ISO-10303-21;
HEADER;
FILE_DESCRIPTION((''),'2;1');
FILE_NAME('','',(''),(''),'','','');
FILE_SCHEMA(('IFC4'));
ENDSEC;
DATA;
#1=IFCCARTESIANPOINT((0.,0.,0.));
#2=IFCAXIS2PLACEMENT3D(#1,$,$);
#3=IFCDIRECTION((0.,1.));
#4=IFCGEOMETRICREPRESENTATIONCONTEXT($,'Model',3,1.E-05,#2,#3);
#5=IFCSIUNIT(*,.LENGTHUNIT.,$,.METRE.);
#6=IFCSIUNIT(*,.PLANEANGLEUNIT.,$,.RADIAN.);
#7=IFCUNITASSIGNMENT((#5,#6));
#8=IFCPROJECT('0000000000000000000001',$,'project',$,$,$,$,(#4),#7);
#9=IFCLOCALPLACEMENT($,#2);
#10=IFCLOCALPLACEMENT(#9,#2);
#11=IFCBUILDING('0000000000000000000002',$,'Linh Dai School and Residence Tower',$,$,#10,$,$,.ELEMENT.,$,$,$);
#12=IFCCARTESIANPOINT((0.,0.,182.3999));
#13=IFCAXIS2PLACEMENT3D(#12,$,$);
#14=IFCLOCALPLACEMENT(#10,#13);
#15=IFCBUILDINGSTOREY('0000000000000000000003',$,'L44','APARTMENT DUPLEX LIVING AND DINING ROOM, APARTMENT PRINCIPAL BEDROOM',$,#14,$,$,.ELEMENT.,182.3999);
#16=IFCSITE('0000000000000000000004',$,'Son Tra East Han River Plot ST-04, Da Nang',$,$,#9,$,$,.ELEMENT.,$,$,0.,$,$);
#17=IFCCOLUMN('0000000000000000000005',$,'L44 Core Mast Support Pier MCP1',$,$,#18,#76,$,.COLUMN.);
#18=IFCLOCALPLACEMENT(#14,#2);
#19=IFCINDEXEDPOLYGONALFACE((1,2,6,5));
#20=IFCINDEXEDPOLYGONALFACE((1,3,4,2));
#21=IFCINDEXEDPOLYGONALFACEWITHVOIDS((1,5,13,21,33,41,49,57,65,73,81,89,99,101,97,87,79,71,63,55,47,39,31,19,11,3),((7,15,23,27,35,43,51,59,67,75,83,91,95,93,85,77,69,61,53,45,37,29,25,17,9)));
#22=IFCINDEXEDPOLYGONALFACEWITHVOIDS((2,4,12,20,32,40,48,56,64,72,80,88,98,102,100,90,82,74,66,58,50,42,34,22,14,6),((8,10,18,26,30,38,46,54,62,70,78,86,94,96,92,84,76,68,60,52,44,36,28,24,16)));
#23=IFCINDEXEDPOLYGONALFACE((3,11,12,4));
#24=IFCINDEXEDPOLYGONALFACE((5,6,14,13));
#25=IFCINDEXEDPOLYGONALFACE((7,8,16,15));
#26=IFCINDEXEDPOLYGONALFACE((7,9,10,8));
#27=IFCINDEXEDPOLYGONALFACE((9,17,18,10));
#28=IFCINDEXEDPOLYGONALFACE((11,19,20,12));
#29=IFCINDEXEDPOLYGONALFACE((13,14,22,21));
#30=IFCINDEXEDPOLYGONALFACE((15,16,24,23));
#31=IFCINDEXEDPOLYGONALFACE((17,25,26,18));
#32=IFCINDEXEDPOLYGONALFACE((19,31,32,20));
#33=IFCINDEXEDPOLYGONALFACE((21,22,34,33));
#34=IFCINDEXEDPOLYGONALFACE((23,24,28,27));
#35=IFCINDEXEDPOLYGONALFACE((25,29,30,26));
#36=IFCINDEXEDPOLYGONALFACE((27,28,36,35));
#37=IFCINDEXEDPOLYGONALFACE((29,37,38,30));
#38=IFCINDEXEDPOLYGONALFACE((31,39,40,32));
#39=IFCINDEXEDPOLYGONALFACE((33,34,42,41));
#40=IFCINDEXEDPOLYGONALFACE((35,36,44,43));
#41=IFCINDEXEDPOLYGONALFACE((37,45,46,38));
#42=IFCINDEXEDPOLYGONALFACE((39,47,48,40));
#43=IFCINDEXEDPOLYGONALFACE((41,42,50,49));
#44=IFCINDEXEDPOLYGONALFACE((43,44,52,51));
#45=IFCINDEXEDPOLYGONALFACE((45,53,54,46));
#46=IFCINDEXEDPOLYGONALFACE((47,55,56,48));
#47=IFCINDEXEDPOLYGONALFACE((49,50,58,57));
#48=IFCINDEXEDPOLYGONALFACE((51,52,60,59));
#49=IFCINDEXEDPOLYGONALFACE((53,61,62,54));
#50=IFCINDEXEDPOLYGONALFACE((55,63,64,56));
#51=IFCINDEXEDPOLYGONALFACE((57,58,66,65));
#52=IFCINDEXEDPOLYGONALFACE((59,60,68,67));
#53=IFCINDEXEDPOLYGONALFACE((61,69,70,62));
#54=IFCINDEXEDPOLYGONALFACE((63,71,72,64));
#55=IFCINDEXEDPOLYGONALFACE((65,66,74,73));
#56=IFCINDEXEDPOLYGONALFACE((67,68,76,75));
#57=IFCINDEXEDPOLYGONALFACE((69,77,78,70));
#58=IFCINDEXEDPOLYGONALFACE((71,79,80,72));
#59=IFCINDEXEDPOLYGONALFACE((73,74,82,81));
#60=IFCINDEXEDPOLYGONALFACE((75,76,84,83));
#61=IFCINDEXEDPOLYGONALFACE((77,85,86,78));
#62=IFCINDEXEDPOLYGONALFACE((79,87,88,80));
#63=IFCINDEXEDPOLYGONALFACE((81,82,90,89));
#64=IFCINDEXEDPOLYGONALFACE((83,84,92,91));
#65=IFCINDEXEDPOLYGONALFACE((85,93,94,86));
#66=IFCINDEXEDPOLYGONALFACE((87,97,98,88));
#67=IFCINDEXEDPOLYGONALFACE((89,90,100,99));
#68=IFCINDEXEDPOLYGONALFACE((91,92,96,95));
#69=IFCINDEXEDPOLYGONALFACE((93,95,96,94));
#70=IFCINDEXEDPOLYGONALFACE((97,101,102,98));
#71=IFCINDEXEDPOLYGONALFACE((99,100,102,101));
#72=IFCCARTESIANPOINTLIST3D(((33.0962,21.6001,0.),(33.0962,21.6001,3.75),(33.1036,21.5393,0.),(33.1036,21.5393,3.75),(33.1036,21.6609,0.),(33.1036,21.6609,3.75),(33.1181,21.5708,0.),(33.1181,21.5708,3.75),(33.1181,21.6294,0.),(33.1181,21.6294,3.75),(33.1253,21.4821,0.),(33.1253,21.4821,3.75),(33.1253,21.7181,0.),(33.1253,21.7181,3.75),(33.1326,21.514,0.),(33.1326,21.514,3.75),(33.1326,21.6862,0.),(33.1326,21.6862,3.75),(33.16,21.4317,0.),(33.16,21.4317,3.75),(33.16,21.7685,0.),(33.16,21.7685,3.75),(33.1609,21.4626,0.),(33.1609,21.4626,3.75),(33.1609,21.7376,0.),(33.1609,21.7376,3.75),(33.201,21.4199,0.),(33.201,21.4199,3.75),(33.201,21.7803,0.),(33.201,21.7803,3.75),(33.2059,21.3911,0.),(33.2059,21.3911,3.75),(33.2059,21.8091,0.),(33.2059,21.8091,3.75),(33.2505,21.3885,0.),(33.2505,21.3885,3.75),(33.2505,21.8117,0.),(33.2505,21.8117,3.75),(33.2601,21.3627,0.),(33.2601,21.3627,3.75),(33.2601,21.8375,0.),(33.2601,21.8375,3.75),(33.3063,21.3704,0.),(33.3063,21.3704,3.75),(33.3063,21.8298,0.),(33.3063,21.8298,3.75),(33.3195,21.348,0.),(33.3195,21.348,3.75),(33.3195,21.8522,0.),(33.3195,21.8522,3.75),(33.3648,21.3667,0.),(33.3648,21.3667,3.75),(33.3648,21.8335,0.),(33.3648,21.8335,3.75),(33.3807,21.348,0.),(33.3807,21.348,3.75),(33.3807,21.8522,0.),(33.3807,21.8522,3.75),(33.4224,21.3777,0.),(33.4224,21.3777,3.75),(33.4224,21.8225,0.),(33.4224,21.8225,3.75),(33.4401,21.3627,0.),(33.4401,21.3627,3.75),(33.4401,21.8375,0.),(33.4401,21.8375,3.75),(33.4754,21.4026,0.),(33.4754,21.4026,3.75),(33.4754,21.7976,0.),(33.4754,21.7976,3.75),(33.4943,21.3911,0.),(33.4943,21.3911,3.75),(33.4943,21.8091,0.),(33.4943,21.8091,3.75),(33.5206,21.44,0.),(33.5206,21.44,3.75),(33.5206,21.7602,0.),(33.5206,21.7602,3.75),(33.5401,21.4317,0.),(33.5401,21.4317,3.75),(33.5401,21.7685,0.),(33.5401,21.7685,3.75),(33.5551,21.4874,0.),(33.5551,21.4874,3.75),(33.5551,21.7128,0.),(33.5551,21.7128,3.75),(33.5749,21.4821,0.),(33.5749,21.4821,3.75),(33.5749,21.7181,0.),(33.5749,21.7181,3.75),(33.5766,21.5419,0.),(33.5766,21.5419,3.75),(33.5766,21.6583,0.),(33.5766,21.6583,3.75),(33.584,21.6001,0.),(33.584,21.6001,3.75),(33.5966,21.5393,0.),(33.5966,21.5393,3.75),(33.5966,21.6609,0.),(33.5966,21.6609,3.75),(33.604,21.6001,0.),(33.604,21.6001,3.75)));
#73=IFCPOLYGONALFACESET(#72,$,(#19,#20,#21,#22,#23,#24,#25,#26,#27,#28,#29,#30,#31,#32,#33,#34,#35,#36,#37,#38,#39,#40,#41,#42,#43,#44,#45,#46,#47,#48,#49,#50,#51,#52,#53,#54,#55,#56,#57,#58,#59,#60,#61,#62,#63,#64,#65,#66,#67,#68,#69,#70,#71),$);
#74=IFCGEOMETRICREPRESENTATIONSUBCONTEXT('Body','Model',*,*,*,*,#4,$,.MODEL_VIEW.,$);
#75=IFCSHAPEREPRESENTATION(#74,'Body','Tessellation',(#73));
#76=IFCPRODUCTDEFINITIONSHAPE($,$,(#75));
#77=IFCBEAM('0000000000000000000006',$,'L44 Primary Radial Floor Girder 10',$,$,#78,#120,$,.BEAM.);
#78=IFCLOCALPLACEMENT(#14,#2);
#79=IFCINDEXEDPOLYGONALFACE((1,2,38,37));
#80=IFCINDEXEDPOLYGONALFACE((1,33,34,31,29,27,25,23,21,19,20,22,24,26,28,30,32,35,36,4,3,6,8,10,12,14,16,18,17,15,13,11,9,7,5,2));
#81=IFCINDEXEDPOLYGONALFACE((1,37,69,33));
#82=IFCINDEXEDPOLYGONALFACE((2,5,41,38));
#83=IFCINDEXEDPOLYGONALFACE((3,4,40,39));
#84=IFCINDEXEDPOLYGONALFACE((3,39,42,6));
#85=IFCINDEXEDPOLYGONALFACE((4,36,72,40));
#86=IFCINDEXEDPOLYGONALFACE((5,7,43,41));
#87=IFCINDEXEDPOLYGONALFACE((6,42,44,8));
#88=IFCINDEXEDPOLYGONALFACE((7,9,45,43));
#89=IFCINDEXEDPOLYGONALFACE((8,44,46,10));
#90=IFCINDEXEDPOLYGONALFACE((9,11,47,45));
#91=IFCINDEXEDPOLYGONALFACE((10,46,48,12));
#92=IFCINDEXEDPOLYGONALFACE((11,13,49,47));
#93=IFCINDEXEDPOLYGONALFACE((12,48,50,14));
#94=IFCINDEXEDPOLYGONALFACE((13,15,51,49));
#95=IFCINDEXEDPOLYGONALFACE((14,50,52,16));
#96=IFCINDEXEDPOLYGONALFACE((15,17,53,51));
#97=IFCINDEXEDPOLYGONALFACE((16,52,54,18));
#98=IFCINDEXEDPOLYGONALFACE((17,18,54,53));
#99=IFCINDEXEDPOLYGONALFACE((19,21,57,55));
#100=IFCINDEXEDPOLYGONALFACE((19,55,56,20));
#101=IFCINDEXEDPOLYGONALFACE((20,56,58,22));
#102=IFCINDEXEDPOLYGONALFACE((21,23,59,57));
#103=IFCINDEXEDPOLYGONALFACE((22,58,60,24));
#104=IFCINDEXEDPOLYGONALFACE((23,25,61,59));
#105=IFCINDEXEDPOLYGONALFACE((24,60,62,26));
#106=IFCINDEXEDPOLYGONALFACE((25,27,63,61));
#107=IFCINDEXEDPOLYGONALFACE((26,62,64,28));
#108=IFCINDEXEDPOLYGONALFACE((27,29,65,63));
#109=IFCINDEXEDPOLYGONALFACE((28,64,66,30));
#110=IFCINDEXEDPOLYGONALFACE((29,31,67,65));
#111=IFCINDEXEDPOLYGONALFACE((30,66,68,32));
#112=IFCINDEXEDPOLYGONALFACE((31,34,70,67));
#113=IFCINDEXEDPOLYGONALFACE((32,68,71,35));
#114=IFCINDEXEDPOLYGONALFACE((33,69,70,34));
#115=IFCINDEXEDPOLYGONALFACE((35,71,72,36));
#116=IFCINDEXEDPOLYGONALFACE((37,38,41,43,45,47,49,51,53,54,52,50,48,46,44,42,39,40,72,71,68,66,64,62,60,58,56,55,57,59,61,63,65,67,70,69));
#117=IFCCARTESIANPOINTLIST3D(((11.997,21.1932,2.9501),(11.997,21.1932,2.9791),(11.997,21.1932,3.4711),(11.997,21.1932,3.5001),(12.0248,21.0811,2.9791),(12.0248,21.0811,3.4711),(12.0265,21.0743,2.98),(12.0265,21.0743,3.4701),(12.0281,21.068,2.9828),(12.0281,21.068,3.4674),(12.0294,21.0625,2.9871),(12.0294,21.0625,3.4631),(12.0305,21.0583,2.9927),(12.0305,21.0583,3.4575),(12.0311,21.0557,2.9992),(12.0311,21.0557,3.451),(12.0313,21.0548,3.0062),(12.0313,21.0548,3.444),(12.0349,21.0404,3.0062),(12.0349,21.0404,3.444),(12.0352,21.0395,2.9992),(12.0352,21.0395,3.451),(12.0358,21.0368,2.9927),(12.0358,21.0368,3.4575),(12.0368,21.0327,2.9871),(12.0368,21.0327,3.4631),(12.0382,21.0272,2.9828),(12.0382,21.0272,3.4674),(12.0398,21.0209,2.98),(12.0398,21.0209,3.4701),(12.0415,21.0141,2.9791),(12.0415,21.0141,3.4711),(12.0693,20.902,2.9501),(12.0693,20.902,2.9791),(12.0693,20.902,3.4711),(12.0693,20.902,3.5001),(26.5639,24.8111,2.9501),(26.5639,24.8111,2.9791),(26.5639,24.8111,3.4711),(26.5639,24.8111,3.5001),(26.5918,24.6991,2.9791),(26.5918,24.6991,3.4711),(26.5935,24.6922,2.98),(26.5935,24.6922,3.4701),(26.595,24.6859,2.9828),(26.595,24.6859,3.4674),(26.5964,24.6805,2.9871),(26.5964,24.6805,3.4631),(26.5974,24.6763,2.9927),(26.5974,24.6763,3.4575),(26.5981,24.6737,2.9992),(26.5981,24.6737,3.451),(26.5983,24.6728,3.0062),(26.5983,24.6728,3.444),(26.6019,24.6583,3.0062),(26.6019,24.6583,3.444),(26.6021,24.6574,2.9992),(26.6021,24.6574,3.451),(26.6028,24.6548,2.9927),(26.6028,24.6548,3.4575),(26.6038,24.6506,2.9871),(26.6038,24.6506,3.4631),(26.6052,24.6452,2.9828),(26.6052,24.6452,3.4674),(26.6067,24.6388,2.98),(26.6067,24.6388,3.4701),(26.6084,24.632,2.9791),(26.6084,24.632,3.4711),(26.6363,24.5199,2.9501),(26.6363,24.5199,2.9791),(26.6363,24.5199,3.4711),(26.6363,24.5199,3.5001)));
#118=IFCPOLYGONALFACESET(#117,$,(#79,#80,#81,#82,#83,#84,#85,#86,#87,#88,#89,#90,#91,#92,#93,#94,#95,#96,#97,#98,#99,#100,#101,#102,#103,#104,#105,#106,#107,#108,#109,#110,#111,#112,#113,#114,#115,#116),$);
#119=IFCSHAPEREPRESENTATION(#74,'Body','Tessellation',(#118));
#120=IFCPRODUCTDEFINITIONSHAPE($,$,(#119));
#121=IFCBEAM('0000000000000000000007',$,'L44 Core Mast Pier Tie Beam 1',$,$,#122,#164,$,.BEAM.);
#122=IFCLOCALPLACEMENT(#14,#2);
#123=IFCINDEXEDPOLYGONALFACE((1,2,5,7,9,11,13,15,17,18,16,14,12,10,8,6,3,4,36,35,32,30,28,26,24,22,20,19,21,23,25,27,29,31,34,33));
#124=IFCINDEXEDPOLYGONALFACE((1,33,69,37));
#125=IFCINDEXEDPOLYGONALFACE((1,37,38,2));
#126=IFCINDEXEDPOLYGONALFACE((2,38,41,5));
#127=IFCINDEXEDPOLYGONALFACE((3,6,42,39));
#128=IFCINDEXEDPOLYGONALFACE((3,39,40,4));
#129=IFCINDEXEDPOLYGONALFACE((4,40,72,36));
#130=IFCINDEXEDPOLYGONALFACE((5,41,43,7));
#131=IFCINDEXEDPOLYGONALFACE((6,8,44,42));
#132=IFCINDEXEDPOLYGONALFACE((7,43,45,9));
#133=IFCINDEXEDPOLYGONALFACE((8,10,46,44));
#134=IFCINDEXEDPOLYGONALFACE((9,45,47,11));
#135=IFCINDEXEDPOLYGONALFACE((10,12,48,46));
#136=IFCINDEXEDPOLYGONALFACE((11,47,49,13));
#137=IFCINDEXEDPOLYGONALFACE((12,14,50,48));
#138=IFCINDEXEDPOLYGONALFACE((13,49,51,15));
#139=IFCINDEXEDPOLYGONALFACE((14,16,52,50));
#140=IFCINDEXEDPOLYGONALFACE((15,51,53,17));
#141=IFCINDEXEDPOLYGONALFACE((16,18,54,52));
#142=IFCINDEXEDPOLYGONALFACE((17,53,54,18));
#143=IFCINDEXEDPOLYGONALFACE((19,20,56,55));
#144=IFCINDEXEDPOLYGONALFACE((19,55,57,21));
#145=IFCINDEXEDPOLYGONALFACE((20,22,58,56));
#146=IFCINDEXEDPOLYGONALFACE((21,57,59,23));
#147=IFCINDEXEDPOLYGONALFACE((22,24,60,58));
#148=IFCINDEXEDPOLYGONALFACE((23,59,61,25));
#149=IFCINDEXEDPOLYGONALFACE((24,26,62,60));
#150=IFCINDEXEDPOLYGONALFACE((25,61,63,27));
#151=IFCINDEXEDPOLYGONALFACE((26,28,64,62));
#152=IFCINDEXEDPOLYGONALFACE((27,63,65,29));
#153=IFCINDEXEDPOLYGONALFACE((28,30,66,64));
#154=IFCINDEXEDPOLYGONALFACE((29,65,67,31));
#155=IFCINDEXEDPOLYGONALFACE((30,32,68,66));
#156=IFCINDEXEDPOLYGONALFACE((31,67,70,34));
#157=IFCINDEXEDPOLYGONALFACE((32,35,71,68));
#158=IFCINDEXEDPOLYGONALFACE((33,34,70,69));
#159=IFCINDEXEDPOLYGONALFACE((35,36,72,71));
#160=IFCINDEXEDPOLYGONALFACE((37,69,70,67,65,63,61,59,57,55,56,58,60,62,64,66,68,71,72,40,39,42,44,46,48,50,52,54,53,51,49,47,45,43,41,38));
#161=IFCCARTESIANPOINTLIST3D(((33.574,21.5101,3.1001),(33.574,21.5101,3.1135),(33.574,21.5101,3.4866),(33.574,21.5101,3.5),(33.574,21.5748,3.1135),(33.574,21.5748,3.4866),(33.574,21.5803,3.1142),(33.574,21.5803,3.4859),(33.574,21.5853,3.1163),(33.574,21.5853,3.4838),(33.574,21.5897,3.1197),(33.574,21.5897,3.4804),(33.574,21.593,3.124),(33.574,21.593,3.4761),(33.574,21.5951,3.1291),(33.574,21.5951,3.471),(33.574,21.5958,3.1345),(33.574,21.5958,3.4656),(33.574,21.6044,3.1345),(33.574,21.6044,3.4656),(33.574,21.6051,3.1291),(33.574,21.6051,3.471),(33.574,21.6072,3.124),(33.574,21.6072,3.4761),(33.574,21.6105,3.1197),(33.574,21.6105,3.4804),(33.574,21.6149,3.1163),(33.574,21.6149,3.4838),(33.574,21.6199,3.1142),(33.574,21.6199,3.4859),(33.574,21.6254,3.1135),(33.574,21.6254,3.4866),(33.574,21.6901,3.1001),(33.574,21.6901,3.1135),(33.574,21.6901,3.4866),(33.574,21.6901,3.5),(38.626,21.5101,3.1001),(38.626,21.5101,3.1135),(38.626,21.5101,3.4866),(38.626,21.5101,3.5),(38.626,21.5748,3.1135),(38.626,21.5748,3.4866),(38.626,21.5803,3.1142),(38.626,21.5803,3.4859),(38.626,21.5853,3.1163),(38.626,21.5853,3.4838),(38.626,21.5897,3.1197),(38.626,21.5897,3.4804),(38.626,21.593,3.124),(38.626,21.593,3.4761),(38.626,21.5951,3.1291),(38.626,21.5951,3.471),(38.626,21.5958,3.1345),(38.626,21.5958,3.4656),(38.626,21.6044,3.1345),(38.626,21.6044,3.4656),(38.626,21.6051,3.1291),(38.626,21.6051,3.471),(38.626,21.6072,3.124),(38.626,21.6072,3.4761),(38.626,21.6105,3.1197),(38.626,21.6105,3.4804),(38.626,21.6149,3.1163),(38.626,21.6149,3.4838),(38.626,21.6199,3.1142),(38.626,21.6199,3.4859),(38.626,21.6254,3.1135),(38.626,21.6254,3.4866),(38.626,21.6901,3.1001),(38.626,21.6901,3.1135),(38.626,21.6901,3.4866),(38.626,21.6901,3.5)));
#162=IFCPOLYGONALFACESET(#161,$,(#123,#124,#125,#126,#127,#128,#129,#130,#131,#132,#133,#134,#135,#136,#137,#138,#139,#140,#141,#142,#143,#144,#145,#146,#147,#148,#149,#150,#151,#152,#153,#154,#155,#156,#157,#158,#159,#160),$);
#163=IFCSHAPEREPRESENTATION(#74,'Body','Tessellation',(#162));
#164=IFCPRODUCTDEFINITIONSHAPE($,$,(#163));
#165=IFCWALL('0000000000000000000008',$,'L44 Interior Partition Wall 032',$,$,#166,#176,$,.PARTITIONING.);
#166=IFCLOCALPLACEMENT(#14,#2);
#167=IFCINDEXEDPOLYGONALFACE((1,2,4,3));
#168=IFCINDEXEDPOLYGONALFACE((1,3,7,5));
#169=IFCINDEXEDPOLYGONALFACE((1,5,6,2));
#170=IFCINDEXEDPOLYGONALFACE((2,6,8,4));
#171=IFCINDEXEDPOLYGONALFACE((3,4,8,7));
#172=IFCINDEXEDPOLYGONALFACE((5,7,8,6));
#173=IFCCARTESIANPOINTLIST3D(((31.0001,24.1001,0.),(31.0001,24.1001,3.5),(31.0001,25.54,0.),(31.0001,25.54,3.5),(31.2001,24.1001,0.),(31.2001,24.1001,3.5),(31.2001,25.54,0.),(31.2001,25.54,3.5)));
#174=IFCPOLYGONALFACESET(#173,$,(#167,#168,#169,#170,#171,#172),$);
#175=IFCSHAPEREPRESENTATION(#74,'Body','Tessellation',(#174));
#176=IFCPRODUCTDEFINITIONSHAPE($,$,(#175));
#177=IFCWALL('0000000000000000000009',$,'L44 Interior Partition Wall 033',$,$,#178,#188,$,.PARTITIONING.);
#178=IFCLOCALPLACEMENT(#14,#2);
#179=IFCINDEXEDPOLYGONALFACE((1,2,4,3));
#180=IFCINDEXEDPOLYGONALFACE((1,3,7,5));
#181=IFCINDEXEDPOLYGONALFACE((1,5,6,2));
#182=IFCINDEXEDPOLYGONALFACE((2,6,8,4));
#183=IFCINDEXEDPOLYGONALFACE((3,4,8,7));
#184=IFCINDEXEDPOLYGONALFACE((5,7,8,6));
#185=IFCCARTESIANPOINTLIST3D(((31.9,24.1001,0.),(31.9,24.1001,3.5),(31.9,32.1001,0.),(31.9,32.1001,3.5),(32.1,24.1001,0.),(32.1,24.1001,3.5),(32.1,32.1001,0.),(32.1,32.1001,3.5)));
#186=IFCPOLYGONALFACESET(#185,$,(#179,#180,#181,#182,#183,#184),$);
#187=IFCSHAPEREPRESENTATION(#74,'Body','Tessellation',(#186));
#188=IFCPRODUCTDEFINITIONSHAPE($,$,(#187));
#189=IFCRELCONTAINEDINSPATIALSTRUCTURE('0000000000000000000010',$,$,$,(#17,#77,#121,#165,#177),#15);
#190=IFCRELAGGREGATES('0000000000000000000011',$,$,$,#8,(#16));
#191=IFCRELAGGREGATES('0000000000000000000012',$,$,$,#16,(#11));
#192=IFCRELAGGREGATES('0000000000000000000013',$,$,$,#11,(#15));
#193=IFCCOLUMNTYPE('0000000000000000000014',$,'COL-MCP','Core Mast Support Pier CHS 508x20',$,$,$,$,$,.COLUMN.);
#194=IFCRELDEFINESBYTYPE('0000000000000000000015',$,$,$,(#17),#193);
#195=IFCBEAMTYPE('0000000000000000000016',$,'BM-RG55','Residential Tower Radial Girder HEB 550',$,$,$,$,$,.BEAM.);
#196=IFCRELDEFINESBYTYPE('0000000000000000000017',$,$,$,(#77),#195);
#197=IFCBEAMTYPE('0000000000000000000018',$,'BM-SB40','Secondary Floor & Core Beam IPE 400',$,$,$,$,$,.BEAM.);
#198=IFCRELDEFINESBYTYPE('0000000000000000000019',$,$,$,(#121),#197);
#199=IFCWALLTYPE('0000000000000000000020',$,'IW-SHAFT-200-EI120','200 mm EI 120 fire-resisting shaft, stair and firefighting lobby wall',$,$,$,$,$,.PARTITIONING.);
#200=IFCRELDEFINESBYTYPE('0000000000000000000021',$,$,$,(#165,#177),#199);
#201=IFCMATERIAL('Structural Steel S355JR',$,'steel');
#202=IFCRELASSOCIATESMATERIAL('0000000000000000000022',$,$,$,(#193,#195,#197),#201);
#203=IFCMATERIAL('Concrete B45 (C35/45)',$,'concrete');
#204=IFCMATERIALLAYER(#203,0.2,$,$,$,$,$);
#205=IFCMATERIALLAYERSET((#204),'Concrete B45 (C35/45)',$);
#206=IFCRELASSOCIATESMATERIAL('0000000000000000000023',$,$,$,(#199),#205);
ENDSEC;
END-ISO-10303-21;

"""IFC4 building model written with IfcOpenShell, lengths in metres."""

from ifc_helpers import new_model, si_unit, direction, frame, frame_2d, origin, origin_2d, place, context, subcontext, project, spatial, rectangle, hollow_circle, i_section, extrude, material, layer, layer_set, material_profile, profile_set, type_object, element, save


model = new_model("IFC4")

# Units and contexts
model_context = context("Model", 3, precision=1e-05, world=origin(), true_north=direction((0.0, 1.0)))
body_context = subcontext(model_context, "Body", "Model", "MODEL_VIEW")
ifc_project = project(units=[si_unit("LENGTHUNIT", "METRE"), si_unit("PLANEANGLEUNIT", "RADIAN")], contexts=[model_context])

# Site, building, storey
site_placement = place(None, origin())
site = spatial("IfcSite", under=ifc_project, at=site_placement, Name="Son Tra East Han River Plot ST-04, Da Nang", CompositionType="ELEMENT", RefElevation=0.0)
building_placement = place(site_placement, origin())
building = spatial("IfcBuilding", under=site, at=building_placement, Name="Linh Dai School and Residence Tower", CompositionType="ELEMENT")
storey_placement = place(building_placement, frame((0.0, 0.0, 182.3999)))
storey = spatial("IfcBuildingStorey", under=building, at=storey_placement, Name="L44", Description="APARTMENT DUPLEX LIVING AND DINING ROOM, APARTMENT PRINCIPAL BEDROOM", CompositionType="ELEMENT", Elevation=182.3999)

# Column
ifc_material_1 = material(Name="Structural Steel S355JR", Category="steel")
ifc_material_profile_1 = material_profile(ifc_material_1, hollow_circle(Radius=0.2539, WallThickness=0.02, at=origin_2d()), Name="CHS 508x20")
ifc_profile_set_1 = profile_set([ifc_material_profile_1], Name="Structural Steel S355JR")
column_type_1 = type_object("IfcColumnType", Name="COL-MCP", Description="Core Mast Support Pier CHS 508x20", PredefinedType="COLUMN", material=ifc_profile_set_1)
column_placement = place(storey_placement, frame((33.3501, 21.6001, 0.0), z_axis=(0.0, 0.0, 1.0), x_axis=(1.0, 0.0, 0.0)))
element("IfcColumn", 1, at=column_placement, inside=storey, type_object=column_type_1, Name="L44 Core Mast Support Pier MCP1", PredefinedType="COLUMN", context=body_context, shape_type="SweptSolid", body=[
    extrude(hollow_circle(Radius=0.2539, WallThickness=0.02, at=origin_2d()), origin(), (0.0, 0.0, 1.0), 3.75),
])

# Beams
ifc_material_profile_2 = material_profile(ifc_material_1, i_section(OverallWidth=0.3, OverallDepth=0.55, WebThickness=0.0149, FlangeThickness=0.0291, FilletRadius=0.0271, at=origin_2d()), Name="HEB 550")
ifc_profile_set_2 = profile_set([ifc_material_profile_2], Name="Structural Steel S355JR")
beam_type_1 = type_object("IfcBeamType", Name="BM-RG55", Description="Residential Tower Radial Girder HEB 550", PredefinedType="BEAM", material=ifc_profile_set_2)
beam_1_placement = place(storey_placement, frame((26.6001, 24.6655, 3.2251), z_axis=(-0.970515, -0.241043, 0.0), x_axis=(0.241043, -0.970515, 0.0)))
element("IfcBeam", 2, at=beam_1_placement, inside=storey, type_object=beam_type_1, Name="L44 Primary Radial Floor Girder 10", PredefinedType="BEAM", context=body_context, shape_type="SweptSolid", body=[
    extrude(i_section(OverallWidth=0.3, OverallDepth=0.55, WebThickness=0.0149, FlangeThickness=0.0291, FilletRadius=0.0271, at=origin_2d()), origin(), (0.0, 0.0, 1.0), 15.0095),
])
ifc_material_profile_3 = material_profile(ifc_material_1, i_section(OverallWidth=0.1799, OverallDepth=0.3999, WebThickness=0.0085, FlangeThickness=0.0134, FilletRadius=0.021, at=origin_2d()), Name="IPE 400")
ifc_profile_set_3 = profile_set([ifc_material_profile_3], Name="Structural Steel S355JR")
beam_type_2 = type_object("IfcBeamType", Name="BM-SB40", Description="Secondary Floor & Core Beam IPE 400", PredefinedType="BEAM", material=ifc_profile_set_3)
beam_2_placement = place(storey_placement, frame((33.574, 21.6001, 3.3), z_axis=(1.0, 0.0, 0.0), x_axis=(0.0, 1.0, 0.0)))
element("IfcBeam", 3, at=beam_2_placement, inside=storey, type_object=beam_type_2, Name="L44 Core Mast Pier Tie Beam 1", PredefinedType="BEAM", context=body_context, shape_type="SweptSolid", body=[
    extrude(i_section(OverallWidth=0.1799, OverallDepth=0.3999, WebThickness=0.0085, FlangeThickness=0.0134, FilletRadius=0.021, at=origin_2d()), origin(), (0.0, 0.0, 1.0), 5.052),
])

# Shared definitions
ifc_material_2 = material(Name="Concrete B45 (C35/45)", Category="concrete")
ifc_layer_1 = layer(ifc_material_2, 0.2)
ifc_layer_set_1 = layer_set([ifc_layer_1], Name="Concrete B45 (C35/45)")
wall_type_1 = type_object("IfcWallType", Name="IW-SHAFT-200-EI120", Description="200 mm EI 120 fire-resisting shaft, stair and firefighting lobby wall", PredefinedType="PARTITIONING", material=ifc_layer_set_1)

# Walls
wall_1_placement = place(storey_placement, frame((31.1001, 24.1001, 0.0), z_axis=(0.0, 0.0, 1.0), x_axis=(0.0, 1.0, 0.0)))
element("IfcWall", 4, at=wall_1_placement, inside=storey, type_object=wall_type_1, Name="L44 Interior Partition Wall 032", PredefinedType="PARTITIONING", context=body_context, shape_type="SweptSolid", body=[
    extrude(rectangle(XDim=1.4399, YDim=0.2, at=frame_2d((0.72, 0.0))), origin(), (0.0, 0.0, 1.0), 3.5),
])
wall_2_placement = place(storey_placement, frame((32.0, 24.1001, 0.0), z_axis=(0.0, 0.0, 1.0), x_axis=(0.0, 1.0, 0.0)))
element("IfcWall", 5, at=wall_2_placement, inside=storey, type_object=wall_type_1, Name="L44 Interior Partition Wall 033", PredefinedType="PARTITIONING", context=body_context, shape_type="SweptSolid", body=[
    extrude(rectangle(XDim=8.0, YDim=0.2, at=frame_2d((4.0, 0.0))), origin(), (0.0, 0.0, 1.0), 3.5),
])

save(model, "model.ifc")
